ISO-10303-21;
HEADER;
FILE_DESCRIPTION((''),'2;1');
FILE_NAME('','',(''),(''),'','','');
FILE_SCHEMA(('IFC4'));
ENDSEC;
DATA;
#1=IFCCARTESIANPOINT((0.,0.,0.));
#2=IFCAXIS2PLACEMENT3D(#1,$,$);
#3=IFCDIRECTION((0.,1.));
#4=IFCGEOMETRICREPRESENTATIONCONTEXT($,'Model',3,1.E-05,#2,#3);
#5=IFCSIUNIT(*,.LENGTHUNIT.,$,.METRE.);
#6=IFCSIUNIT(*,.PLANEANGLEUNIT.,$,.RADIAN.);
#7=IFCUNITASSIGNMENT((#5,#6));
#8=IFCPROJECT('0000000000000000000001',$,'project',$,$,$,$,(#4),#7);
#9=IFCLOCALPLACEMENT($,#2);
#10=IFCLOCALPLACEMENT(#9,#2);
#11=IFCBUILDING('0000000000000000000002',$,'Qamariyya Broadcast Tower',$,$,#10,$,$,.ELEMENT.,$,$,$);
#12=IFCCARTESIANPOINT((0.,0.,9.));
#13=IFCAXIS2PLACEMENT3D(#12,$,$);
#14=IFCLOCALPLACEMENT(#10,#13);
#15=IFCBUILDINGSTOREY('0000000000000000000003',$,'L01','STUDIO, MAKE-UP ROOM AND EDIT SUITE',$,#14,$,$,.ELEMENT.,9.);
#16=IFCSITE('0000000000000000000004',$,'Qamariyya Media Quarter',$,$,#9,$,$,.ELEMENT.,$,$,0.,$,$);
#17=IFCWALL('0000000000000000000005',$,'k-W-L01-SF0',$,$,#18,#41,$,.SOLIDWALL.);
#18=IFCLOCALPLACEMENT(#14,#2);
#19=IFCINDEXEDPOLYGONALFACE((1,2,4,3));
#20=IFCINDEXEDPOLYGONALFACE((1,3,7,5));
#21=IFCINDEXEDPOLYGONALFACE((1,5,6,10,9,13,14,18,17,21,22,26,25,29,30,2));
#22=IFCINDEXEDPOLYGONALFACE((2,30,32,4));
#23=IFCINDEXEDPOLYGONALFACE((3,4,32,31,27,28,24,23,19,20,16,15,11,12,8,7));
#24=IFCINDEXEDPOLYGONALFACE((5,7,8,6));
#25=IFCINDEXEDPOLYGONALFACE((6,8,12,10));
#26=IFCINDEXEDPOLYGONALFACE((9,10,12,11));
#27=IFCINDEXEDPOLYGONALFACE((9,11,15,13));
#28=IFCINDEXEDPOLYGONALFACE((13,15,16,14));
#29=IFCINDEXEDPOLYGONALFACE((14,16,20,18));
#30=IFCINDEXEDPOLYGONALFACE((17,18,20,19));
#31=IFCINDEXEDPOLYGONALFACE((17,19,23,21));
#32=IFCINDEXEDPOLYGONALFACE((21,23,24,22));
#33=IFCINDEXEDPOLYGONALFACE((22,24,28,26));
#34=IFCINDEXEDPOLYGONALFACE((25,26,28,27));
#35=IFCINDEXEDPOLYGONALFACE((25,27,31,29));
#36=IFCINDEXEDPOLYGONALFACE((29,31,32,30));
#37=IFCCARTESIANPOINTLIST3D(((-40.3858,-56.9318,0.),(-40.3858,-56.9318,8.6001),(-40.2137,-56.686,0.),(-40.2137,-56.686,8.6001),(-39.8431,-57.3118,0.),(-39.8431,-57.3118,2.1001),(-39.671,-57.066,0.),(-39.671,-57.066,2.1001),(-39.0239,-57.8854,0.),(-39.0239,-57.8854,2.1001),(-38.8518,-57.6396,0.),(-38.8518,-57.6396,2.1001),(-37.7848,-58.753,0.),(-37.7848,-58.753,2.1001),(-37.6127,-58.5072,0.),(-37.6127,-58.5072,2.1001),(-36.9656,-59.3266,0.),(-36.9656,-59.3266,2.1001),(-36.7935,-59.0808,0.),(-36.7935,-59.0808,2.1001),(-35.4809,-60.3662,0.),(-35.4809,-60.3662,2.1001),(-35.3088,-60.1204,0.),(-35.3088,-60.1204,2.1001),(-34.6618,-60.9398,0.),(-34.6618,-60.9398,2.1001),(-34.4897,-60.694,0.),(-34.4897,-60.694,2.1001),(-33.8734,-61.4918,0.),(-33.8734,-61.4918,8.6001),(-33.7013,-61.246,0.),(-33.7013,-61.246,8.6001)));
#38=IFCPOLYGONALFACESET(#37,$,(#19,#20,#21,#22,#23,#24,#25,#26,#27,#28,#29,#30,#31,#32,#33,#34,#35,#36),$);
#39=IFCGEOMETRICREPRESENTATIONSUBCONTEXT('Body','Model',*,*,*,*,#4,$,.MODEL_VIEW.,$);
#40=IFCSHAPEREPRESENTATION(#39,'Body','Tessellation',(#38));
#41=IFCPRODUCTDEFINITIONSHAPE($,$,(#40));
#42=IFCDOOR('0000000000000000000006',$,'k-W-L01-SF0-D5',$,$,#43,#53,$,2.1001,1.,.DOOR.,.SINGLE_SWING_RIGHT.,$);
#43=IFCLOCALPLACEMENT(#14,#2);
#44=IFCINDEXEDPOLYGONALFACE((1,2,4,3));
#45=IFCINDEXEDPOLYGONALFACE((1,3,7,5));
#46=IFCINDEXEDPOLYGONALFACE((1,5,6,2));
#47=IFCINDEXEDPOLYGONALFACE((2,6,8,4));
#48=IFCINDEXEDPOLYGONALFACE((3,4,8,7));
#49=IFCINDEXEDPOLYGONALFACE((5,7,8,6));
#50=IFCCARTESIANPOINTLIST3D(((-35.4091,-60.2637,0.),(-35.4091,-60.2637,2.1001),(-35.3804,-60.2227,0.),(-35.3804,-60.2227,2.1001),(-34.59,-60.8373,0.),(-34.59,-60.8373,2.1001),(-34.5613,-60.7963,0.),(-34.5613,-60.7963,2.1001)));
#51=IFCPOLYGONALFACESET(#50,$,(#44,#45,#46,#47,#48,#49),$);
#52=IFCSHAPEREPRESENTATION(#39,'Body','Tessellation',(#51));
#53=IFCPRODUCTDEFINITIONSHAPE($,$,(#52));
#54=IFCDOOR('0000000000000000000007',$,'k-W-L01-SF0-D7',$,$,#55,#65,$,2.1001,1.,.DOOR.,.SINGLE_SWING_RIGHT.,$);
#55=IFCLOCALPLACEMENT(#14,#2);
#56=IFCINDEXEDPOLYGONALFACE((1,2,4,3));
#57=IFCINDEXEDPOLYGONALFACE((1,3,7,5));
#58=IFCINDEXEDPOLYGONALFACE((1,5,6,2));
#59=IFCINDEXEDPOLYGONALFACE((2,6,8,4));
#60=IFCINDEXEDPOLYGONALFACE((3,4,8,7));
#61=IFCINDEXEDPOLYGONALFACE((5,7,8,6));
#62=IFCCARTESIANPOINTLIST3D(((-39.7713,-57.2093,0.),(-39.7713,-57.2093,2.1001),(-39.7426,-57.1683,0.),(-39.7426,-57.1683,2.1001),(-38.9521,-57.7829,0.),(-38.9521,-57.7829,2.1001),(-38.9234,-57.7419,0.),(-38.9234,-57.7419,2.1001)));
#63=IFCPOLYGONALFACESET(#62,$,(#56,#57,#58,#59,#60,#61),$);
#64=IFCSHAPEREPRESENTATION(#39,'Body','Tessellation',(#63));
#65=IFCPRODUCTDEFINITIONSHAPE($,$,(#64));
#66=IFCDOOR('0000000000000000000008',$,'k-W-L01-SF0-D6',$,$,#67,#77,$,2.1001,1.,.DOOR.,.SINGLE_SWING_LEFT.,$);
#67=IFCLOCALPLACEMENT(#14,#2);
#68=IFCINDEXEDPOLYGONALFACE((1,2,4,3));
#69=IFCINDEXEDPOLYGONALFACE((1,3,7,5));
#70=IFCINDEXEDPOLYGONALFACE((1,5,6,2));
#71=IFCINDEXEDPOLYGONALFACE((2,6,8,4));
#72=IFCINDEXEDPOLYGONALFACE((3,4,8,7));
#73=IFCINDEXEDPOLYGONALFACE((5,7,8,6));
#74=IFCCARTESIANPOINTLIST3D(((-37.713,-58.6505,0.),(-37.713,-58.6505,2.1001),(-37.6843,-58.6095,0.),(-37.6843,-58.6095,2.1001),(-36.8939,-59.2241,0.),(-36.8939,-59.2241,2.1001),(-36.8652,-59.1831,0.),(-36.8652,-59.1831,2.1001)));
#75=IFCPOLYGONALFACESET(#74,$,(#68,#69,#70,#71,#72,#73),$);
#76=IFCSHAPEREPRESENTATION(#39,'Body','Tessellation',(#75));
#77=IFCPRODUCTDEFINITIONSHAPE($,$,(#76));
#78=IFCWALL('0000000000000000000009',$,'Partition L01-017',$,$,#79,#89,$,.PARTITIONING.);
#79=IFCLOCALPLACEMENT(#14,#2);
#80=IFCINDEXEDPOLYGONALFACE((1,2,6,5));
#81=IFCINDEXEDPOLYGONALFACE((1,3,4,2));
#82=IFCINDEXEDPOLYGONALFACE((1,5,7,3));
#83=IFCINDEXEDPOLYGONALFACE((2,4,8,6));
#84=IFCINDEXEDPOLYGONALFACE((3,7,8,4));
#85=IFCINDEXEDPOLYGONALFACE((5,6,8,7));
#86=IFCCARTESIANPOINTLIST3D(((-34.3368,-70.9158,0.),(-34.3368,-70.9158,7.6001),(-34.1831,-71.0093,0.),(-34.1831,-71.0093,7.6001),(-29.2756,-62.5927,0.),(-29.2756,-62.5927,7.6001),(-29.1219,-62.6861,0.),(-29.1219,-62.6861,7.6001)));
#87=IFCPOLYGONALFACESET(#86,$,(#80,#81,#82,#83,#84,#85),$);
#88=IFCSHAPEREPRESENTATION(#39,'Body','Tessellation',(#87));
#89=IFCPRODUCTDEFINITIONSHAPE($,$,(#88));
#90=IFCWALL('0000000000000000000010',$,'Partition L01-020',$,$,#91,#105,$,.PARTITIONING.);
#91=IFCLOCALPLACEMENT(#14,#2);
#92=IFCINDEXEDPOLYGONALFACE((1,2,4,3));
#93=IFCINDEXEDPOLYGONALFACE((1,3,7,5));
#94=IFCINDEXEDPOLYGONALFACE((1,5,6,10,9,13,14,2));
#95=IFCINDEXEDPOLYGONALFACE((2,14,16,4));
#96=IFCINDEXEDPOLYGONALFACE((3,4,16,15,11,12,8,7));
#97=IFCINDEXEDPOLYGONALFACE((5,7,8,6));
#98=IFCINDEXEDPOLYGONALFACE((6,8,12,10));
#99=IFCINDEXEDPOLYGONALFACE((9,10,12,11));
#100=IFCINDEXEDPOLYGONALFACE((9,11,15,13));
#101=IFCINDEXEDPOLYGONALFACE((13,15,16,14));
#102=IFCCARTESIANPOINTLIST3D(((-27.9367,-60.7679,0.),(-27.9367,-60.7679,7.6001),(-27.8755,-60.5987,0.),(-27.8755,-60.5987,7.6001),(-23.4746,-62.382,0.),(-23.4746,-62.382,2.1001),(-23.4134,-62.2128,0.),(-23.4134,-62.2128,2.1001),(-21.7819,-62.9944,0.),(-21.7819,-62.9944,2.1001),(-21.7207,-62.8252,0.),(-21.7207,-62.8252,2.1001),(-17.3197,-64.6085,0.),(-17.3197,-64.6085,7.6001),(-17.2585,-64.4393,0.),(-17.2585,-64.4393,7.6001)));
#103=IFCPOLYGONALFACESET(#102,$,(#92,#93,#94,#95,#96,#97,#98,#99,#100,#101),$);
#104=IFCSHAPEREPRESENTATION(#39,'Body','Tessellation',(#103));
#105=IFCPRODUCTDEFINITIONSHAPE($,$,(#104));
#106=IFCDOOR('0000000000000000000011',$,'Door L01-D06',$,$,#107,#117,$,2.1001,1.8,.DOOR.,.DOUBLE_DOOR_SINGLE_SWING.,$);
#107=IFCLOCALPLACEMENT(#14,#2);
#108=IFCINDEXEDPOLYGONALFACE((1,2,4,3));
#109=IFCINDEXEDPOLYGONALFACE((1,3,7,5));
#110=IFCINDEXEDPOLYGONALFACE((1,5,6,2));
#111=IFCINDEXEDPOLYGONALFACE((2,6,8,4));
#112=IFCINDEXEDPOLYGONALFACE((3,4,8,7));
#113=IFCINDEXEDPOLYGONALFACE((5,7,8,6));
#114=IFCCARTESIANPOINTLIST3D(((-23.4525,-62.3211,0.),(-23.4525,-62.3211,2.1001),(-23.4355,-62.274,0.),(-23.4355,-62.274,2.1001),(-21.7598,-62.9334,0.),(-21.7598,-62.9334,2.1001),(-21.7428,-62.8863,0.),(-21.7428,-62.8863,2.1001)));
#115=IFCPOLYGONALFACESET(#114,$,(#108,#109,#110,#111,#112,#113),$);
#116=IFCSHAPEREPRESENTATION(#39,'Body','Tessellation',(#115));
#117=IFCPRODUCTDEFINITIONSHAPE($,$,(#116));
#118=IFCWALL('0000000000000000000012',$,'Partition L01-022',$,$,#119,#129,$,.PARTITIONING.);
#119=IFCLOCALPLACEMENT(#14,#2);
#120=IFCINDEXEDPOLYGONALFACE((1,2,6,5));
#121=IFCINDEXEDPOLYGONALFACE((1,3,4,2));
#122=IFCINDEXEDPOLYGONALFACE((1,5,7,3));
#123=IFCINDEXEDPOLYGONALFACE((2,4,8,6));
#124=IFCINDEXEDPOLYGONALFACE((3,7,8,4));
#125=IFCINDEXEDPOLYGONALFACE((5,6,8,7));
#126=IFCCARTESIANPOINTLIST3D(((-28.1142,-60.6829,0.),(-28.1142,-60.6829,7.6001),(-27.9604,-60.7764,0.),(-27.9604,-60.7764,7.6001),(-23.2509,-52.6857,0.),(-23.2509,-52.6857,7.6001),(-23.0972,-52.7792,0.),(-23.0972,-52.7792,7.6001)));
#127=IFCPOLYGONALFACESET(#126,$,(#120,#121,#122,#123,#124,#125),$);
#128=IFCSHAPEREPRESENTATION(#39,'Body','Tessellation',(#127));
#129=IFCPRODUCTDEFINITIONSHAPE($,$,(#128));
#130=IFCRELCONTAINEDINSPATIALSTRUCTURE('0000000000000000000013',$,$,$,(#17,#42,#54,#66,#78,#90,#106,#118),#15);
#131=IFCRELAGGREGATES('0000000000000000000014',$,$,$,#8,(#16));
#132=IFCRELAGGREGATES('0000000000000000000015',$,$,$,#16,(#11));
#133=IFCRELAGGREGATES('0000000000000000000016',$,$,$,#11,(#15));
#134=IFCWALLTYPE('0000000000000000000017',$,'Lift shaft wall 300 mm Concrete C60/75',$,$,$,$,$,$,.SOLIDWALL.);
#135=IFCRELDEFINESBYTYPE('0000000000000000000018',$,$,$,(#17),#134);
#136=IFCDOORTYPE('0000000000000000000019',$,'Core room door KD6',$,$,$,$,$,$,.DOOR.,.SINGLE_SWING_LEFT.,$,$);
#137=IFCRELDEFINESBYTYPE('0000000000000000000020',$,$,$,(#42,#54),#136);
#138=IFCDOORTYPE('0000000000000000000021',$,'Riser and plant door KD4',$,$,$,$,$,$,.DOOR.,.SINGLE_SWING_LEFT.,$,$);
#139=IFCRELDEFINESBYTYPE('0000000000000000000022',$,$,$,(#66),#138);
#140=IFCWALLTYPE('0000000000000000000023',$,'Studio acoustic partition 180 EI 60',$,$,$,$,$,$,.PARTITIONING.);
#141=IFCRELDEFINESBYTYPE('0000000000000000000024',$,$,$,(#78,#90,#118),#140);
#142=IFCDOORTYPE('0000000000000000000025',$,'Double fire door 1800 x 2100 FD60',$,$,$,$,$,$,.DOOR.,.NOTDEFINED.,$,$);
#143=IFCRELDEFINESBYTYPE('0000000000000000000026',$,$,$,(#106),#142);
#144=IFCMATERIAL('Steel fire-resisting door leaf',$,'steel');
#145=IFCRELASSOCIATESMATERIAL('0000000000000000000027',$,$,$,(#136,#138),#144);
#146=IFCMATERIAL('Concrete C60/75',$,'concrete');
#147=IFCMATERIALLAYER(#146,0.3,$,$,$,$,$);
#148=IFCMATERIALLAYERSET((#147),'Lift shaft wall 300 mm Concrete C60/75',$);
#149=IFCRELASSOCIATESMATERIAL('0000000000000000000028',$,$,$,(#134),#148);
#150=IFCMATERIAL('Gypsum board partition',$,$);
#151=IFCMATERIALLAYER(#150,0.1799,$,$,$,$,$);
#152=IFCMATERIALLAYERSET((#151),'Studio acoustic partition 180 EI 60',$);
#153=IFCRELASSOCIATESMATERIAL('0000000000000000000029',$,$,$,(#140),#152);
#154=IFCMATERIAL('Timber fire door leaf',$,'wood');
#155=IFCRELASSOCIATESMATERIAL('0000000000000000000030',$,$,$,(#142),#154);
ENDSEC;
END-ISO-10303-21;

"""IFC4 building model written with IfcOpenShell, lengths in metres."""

from ifc_helpers import new_model, si_unit, direction, frame, frame_2d, origin, place, context, subcontext, project, spatial, rectangle, extrude, material, layer, layer_set, type_object, element, fill, save


model = new_model("IFC4")

# Units and contexts
model_context = context("Model", 3, precision=1e-05, world=origin(), true_north=direction((0.0, 1.0)))
body_context = subcontext(model_context, "Body", "Model", "MODEL_VIEW")
ifc_project = project(units=[si_unit("LENGTHUNIT", "METRE"), si_unit("PLANEANGLEUNIT", "RADIAN")], contexts=[model_context])

# Site, building, storey
site_placement = place(None, origin())
site = spatial("IfcSite", under=ifc_project, at=site_placement, Name="Qamariyya Media Quarter", CompositionType="ELEMENT", RefElevation=0.0)
building_placement = place(site_placement, origin())
building = spatial("IfcBuilding", under=site, at=building_placement, Name="Qamariyya Broadcast Tower", CompositionType="ELEMENT")
storey_placement = place(building_placement, frame((0.0, 0.0, 9.0)))
storey = spatial("IfcBuildingStorey", under=building, at=storey_placement, Name="L01", Description="STUDIO, MAKE-UP ROOM AND EDIT SUITE", CompositionType="ELEMENT", Elevation=9.0)

# Shared definitions
ifc_material_1 = material(Name="Steel fire-resisting door leaf", Category="steel")
door_type_1 = type_object("IfcDoorType", Name="Core room door KD6", OperationType="SINGLE_SWING_LEFT", PredefinedType="DOOR", material=ifc_material_1)

# Shared definitions
ifc_material_2 = material(Name="Gypsum board partition")
ifc_material_3 = material(Name="Timber fire door leaf", Category="wood")

# Shared definitions
ifc_material_4 = material(Name="Concrete C60/75", Category="concrete")
ifc_layer_1 = layer(ifc_material_4, 0.3)
ifc_layer_set_1 = layer_set([ifc_layer_1], Name="Lift shaft wall 300 mm Concrete C60/75")
wall_type_1 = type_object("IfcWallType", Name="Lift shaft wall 300 mm Concrete C60/75", PredefinedType="SOLIDWALL", material=ifc_layer_set_1)

# Wall, openings, doors
wall_1_placement = place(storey_placement, frame((-33.7874, -61.3689, 0.0), z_axis=(0.0, 0.0, 1.0), x_axis=(-0.819153, 0.573576, 0.0)))
wall_1 = element("IfcWall", 1, at=wall_1_placement, inside=storey, type_object=wall_type_1, Name="k-W-L01-SF0", PredefinedType="SOLIDWALL", context=body_context, shape_type="SweptSolid", body=[
    extrude(rectangle(XDim=7.9502, YDim=0.3, at=frame_2d((3.9751, 0.0))), origin(), (0.0, 0.0, 1.0), 8.6001),
])
opening_1_placement = place(wall_1_placement, frame((0.9624, 0.0, 0.0)))
opening_1 = element("IfcOpeningElement", 2, at=opening_1_placement, cuts=wall_1, PredefinedType="OPENING", context=body_context, shape_type="SweptSolid", body=[
    extrude(rectangle(XDim=1.0, YDim=2.1001, at=frame_2d((0.5, 1.05))), frame((0.0, 0.1599, 0.0), z_axis=(0.0, -1.0, 0.0), x_axis=(1.0, 0.0, 0.0)), (0.0, 0.0, 1.0), 0.3201),
])
opening_2_placement = place(wall_1_placement, frame((3.7749, 0.0, 0.0)))
opening_2 = element("IfcOpeningElement", 3, at=opening_2_placement, cuts=wall_1, PredefinedType="OPENING", context=body_context, shape_type="SweptSolid", body=[
    extrude(rectangle(XDim=1.0, YDim=2.1001, at=frame_2d((0.5, 1.05))), frame((0.0, 0.1599, 0.0), z_axis=(0.0, -1.0, 0.0), x_axis=(1.0, 0.0, 0.0)), (0.0, 0.0, 1.0), 0.3201),
])
opening_3_placement = place(wall_1_placement, frame((6.2876, 0.0, 0.0)))
opening_3 = element("IfcOpeningElement", 4, at=opening_3_placement, cuts=wall_1, PredefinedType="OPENING", context=body_context, shape_type="SweptSolid", body=[
    extrude(rectangle(XDim=1.0, YDim=2.1001, at=frame_2d((0.5, 1.05))), frame((0.0, 0.1599, 0.0), z_axis=(0.0, -1.0, 0.0), x_axis=(1.0, 0.0, 0.0)), (0.0, 0.0, 1.0), 0.3201),
])
door_1_placement = place(opening_1_placement, origin())
door_1 = element("IfcDoor", 5, at=door_1_placement, inside=storey, type_object=door_type_1, Name="k-W-L01-SF0-D5", OperationType="SINGLE_SWING_RIGHT", OverallHeight=2.1001, OverallWidth=1.0, PredefinedType="DOOR", context=body_context, shape_type="SweptSolid", body=[
    extrude(rectangle(XDim=1.0, YDim=2.1001, at=frame_2d((0.5, 1.05))), frame((0.0, 0.0249, 0.0), z_axis=(0.0, -1.0, 0.0), x_axis=(1.0, 0.0, 0.0)), (0.0, 0.0, 1.0), 0.05),
])
fill(opening_1, door_1)
door_2_placement = place(opening_3_placement, origin())
door_2 = element("IfcDoor", 6, at=door_2_placement, inside=storey, type_object=door_type_1, Name="k-W-L01-SF0-D7", OperationType="SINGLE_SWING_RIGHT", OverallHeight=2.1001, OverallWidth=1.0, PredefinedType="DOOR", context=body_context, shape_type="SweptSolid", body=[
    extrude(rectangle(XDim=1.0, YDim=2.1001, at=frame_2d((0.5, 1.05))), frame((0.0, 0.0249, 0.0), z_axis=(0.0, -1.0, 0.0), x_axis=(1.0, 0.0, 0.0)), (0.0, 0.0, 1.0), 0.05),
])
fill(opening_3, door_2)
door_type_2 = type_object("IfcDoorType", Name="Riser and plant door KD4", OperationType="SINGLE_SWING_LEFT", PredefinedType="DOOR", material=ifc_material_1)
door_3_placement = place(opening_2_placement, origin())
door_3 = element("IfcDoor", 7, at=door_3_placement, inside=storey, type_object=door_type_2, Name="k-W-L01-SF0-D6", OperationType="SINGLE_SWING_LEFT", OverallHeight=2.1001, OverallWidth=1.0, PredefinedType="DOOR", context=body_context, shape_type="SweptSolid", body=[
    extrude(rectangle(XDim=1.0, YDim=2.1001, at=frame_2d((0.5, 1.05))), frame((0.0, 0.0249, 0.0), z_axis=(0.0, -1.0, 0.0), x_axis=(1.0, 0.0, 0.0)), (0.0, 0.0, 1.0), 0.05),
])
fill(opening_2, door_3)

# Wall
ifc_layer_2 = layer(ifc_material_2, 0.1799)
ifc_layer_set_2 = layer_set([ifc_layer_2], Name="Studio acoustic partition 180 EI 60")
wall_type_2 = type_object("IfcWallType", Name="Studio acoustic partition 180 EI 60", PredefinedType="PARTITIONING", material=ifc_layer_set_2)
wall_2_placement = place(storey_placement, frame((-29.1987, -62.6394, 0.0), z_axis=(0.0, 0.0, 1.0), x_axis=(-0.519569, -0.854428, 0.0)))
element("IfcWall", 8, at=wall_2_placement, inside=storey, type_object=wall_type_2, Name="Partition L01-017", PredefinedType="PARTITIONING", context=body_context, shape_type="SweptSolid", body=[
    extrude(rectangle(XDim=9.7412, YDim=0.1799, at=frame_2d((4.8706, 0.0))), origin(), (0.0, 0.0, 1.0), 7.6001),
])

# Wall, opening, door
wall_3_placement = place(storey_placement, frame((-27.906, -60.6833, 0.0), z_axis=(0.0, 0.0, 1.0), x_axis=(0.940365, -0.340168, 0.0)))
wall_3 = element("IfcWall", 9, at=wall_3_placement, inside=storey, type_object=wall_type_2, Name="Partition L01-020", PredefinedType="PARTITIONING", context=body_context, shape_type="SweptSolid", body=[
    extrude(rectangle(XDim=11.2903, YDim=0.1799, at=frame_2d((5.645, 0.0))), origin(), (0.0, 0.0, 1.0), 7.6001),
])
opening_4_placement = place(wall_3_placement, frame((4.7451, 0.0, 0.0)))
opening_4 = element("IfcOpeningElement", 10, at=opening_4_placement, cuts=wall_3, PredefinedType="OPENING", context=body_context, shape_type="SweptSolid", body=[
    extrude(rectangle(XDim=1.8, YDim=2.1001, at=frame_2d((0.8999, 1.05))), frame((0.0, 0.0999, 0.0), z_axis=(0.0, -1.0, 0.0), x_axis=(1.0, 0.0, 0.0)), (0.0, 0.0, 1.0), 0.2),
])
door_type_3 = type_object("IfcDoorType", Name="Double fire door 1800 x 2100 FD60", OperationType="NOTDEFINED", PredefinedType="DOOR", material=ifc_material_3)
door_4_placement = place(opening_4_placement, origin())
door_4 = element("IfcDoor", 11, at=door_4_placement, inside=storey, type_object=door_type_3, Name="Door L01-D06", OperationType="DOUBLE_DOOR_SINGLE_SWING", OverallHeight=2.1001, OverallWidth=1.8, PredefinedType="DOOR", context=body_context, shape_type="SweptSolid", body=[
    extrude(rectangle(XDim=1.8, YDim=2.1001, at=frame_2d((0.8999, 1.05))), frame((0.0, 0.0249, 0.0), z_axis=(0.0, -1.0, 0.0), x_axis=(1.0, 0.0, 0.0)), (0.0, 0.0, 1.0), 0.05),
])
fill(opening_4, door_4)

# Wall
wall_4_placement = place(storey_placement, frame((-23.1741, -52.7324, 0.0), z_axis=(0.0, 0.0, 1.0), x_axis=(-0.519584, -0.854419, 0.0)))
element("IfcWall", 12, at=wall_4_placement, inside=storey, type_object=wall_type_2, Name="Partition L01-022", PredefinedType="PARTITIONING", context=body_context, shape_type="SweptSolid", body=[
    extrude(rectangle(XDim=9.3599, YDim=0.1799, at=frame_2d((4.6799, 0.0))), origin(), (0.0, 0.0, 1.0), 7.6001),
])

save(model, "model.ifc")
